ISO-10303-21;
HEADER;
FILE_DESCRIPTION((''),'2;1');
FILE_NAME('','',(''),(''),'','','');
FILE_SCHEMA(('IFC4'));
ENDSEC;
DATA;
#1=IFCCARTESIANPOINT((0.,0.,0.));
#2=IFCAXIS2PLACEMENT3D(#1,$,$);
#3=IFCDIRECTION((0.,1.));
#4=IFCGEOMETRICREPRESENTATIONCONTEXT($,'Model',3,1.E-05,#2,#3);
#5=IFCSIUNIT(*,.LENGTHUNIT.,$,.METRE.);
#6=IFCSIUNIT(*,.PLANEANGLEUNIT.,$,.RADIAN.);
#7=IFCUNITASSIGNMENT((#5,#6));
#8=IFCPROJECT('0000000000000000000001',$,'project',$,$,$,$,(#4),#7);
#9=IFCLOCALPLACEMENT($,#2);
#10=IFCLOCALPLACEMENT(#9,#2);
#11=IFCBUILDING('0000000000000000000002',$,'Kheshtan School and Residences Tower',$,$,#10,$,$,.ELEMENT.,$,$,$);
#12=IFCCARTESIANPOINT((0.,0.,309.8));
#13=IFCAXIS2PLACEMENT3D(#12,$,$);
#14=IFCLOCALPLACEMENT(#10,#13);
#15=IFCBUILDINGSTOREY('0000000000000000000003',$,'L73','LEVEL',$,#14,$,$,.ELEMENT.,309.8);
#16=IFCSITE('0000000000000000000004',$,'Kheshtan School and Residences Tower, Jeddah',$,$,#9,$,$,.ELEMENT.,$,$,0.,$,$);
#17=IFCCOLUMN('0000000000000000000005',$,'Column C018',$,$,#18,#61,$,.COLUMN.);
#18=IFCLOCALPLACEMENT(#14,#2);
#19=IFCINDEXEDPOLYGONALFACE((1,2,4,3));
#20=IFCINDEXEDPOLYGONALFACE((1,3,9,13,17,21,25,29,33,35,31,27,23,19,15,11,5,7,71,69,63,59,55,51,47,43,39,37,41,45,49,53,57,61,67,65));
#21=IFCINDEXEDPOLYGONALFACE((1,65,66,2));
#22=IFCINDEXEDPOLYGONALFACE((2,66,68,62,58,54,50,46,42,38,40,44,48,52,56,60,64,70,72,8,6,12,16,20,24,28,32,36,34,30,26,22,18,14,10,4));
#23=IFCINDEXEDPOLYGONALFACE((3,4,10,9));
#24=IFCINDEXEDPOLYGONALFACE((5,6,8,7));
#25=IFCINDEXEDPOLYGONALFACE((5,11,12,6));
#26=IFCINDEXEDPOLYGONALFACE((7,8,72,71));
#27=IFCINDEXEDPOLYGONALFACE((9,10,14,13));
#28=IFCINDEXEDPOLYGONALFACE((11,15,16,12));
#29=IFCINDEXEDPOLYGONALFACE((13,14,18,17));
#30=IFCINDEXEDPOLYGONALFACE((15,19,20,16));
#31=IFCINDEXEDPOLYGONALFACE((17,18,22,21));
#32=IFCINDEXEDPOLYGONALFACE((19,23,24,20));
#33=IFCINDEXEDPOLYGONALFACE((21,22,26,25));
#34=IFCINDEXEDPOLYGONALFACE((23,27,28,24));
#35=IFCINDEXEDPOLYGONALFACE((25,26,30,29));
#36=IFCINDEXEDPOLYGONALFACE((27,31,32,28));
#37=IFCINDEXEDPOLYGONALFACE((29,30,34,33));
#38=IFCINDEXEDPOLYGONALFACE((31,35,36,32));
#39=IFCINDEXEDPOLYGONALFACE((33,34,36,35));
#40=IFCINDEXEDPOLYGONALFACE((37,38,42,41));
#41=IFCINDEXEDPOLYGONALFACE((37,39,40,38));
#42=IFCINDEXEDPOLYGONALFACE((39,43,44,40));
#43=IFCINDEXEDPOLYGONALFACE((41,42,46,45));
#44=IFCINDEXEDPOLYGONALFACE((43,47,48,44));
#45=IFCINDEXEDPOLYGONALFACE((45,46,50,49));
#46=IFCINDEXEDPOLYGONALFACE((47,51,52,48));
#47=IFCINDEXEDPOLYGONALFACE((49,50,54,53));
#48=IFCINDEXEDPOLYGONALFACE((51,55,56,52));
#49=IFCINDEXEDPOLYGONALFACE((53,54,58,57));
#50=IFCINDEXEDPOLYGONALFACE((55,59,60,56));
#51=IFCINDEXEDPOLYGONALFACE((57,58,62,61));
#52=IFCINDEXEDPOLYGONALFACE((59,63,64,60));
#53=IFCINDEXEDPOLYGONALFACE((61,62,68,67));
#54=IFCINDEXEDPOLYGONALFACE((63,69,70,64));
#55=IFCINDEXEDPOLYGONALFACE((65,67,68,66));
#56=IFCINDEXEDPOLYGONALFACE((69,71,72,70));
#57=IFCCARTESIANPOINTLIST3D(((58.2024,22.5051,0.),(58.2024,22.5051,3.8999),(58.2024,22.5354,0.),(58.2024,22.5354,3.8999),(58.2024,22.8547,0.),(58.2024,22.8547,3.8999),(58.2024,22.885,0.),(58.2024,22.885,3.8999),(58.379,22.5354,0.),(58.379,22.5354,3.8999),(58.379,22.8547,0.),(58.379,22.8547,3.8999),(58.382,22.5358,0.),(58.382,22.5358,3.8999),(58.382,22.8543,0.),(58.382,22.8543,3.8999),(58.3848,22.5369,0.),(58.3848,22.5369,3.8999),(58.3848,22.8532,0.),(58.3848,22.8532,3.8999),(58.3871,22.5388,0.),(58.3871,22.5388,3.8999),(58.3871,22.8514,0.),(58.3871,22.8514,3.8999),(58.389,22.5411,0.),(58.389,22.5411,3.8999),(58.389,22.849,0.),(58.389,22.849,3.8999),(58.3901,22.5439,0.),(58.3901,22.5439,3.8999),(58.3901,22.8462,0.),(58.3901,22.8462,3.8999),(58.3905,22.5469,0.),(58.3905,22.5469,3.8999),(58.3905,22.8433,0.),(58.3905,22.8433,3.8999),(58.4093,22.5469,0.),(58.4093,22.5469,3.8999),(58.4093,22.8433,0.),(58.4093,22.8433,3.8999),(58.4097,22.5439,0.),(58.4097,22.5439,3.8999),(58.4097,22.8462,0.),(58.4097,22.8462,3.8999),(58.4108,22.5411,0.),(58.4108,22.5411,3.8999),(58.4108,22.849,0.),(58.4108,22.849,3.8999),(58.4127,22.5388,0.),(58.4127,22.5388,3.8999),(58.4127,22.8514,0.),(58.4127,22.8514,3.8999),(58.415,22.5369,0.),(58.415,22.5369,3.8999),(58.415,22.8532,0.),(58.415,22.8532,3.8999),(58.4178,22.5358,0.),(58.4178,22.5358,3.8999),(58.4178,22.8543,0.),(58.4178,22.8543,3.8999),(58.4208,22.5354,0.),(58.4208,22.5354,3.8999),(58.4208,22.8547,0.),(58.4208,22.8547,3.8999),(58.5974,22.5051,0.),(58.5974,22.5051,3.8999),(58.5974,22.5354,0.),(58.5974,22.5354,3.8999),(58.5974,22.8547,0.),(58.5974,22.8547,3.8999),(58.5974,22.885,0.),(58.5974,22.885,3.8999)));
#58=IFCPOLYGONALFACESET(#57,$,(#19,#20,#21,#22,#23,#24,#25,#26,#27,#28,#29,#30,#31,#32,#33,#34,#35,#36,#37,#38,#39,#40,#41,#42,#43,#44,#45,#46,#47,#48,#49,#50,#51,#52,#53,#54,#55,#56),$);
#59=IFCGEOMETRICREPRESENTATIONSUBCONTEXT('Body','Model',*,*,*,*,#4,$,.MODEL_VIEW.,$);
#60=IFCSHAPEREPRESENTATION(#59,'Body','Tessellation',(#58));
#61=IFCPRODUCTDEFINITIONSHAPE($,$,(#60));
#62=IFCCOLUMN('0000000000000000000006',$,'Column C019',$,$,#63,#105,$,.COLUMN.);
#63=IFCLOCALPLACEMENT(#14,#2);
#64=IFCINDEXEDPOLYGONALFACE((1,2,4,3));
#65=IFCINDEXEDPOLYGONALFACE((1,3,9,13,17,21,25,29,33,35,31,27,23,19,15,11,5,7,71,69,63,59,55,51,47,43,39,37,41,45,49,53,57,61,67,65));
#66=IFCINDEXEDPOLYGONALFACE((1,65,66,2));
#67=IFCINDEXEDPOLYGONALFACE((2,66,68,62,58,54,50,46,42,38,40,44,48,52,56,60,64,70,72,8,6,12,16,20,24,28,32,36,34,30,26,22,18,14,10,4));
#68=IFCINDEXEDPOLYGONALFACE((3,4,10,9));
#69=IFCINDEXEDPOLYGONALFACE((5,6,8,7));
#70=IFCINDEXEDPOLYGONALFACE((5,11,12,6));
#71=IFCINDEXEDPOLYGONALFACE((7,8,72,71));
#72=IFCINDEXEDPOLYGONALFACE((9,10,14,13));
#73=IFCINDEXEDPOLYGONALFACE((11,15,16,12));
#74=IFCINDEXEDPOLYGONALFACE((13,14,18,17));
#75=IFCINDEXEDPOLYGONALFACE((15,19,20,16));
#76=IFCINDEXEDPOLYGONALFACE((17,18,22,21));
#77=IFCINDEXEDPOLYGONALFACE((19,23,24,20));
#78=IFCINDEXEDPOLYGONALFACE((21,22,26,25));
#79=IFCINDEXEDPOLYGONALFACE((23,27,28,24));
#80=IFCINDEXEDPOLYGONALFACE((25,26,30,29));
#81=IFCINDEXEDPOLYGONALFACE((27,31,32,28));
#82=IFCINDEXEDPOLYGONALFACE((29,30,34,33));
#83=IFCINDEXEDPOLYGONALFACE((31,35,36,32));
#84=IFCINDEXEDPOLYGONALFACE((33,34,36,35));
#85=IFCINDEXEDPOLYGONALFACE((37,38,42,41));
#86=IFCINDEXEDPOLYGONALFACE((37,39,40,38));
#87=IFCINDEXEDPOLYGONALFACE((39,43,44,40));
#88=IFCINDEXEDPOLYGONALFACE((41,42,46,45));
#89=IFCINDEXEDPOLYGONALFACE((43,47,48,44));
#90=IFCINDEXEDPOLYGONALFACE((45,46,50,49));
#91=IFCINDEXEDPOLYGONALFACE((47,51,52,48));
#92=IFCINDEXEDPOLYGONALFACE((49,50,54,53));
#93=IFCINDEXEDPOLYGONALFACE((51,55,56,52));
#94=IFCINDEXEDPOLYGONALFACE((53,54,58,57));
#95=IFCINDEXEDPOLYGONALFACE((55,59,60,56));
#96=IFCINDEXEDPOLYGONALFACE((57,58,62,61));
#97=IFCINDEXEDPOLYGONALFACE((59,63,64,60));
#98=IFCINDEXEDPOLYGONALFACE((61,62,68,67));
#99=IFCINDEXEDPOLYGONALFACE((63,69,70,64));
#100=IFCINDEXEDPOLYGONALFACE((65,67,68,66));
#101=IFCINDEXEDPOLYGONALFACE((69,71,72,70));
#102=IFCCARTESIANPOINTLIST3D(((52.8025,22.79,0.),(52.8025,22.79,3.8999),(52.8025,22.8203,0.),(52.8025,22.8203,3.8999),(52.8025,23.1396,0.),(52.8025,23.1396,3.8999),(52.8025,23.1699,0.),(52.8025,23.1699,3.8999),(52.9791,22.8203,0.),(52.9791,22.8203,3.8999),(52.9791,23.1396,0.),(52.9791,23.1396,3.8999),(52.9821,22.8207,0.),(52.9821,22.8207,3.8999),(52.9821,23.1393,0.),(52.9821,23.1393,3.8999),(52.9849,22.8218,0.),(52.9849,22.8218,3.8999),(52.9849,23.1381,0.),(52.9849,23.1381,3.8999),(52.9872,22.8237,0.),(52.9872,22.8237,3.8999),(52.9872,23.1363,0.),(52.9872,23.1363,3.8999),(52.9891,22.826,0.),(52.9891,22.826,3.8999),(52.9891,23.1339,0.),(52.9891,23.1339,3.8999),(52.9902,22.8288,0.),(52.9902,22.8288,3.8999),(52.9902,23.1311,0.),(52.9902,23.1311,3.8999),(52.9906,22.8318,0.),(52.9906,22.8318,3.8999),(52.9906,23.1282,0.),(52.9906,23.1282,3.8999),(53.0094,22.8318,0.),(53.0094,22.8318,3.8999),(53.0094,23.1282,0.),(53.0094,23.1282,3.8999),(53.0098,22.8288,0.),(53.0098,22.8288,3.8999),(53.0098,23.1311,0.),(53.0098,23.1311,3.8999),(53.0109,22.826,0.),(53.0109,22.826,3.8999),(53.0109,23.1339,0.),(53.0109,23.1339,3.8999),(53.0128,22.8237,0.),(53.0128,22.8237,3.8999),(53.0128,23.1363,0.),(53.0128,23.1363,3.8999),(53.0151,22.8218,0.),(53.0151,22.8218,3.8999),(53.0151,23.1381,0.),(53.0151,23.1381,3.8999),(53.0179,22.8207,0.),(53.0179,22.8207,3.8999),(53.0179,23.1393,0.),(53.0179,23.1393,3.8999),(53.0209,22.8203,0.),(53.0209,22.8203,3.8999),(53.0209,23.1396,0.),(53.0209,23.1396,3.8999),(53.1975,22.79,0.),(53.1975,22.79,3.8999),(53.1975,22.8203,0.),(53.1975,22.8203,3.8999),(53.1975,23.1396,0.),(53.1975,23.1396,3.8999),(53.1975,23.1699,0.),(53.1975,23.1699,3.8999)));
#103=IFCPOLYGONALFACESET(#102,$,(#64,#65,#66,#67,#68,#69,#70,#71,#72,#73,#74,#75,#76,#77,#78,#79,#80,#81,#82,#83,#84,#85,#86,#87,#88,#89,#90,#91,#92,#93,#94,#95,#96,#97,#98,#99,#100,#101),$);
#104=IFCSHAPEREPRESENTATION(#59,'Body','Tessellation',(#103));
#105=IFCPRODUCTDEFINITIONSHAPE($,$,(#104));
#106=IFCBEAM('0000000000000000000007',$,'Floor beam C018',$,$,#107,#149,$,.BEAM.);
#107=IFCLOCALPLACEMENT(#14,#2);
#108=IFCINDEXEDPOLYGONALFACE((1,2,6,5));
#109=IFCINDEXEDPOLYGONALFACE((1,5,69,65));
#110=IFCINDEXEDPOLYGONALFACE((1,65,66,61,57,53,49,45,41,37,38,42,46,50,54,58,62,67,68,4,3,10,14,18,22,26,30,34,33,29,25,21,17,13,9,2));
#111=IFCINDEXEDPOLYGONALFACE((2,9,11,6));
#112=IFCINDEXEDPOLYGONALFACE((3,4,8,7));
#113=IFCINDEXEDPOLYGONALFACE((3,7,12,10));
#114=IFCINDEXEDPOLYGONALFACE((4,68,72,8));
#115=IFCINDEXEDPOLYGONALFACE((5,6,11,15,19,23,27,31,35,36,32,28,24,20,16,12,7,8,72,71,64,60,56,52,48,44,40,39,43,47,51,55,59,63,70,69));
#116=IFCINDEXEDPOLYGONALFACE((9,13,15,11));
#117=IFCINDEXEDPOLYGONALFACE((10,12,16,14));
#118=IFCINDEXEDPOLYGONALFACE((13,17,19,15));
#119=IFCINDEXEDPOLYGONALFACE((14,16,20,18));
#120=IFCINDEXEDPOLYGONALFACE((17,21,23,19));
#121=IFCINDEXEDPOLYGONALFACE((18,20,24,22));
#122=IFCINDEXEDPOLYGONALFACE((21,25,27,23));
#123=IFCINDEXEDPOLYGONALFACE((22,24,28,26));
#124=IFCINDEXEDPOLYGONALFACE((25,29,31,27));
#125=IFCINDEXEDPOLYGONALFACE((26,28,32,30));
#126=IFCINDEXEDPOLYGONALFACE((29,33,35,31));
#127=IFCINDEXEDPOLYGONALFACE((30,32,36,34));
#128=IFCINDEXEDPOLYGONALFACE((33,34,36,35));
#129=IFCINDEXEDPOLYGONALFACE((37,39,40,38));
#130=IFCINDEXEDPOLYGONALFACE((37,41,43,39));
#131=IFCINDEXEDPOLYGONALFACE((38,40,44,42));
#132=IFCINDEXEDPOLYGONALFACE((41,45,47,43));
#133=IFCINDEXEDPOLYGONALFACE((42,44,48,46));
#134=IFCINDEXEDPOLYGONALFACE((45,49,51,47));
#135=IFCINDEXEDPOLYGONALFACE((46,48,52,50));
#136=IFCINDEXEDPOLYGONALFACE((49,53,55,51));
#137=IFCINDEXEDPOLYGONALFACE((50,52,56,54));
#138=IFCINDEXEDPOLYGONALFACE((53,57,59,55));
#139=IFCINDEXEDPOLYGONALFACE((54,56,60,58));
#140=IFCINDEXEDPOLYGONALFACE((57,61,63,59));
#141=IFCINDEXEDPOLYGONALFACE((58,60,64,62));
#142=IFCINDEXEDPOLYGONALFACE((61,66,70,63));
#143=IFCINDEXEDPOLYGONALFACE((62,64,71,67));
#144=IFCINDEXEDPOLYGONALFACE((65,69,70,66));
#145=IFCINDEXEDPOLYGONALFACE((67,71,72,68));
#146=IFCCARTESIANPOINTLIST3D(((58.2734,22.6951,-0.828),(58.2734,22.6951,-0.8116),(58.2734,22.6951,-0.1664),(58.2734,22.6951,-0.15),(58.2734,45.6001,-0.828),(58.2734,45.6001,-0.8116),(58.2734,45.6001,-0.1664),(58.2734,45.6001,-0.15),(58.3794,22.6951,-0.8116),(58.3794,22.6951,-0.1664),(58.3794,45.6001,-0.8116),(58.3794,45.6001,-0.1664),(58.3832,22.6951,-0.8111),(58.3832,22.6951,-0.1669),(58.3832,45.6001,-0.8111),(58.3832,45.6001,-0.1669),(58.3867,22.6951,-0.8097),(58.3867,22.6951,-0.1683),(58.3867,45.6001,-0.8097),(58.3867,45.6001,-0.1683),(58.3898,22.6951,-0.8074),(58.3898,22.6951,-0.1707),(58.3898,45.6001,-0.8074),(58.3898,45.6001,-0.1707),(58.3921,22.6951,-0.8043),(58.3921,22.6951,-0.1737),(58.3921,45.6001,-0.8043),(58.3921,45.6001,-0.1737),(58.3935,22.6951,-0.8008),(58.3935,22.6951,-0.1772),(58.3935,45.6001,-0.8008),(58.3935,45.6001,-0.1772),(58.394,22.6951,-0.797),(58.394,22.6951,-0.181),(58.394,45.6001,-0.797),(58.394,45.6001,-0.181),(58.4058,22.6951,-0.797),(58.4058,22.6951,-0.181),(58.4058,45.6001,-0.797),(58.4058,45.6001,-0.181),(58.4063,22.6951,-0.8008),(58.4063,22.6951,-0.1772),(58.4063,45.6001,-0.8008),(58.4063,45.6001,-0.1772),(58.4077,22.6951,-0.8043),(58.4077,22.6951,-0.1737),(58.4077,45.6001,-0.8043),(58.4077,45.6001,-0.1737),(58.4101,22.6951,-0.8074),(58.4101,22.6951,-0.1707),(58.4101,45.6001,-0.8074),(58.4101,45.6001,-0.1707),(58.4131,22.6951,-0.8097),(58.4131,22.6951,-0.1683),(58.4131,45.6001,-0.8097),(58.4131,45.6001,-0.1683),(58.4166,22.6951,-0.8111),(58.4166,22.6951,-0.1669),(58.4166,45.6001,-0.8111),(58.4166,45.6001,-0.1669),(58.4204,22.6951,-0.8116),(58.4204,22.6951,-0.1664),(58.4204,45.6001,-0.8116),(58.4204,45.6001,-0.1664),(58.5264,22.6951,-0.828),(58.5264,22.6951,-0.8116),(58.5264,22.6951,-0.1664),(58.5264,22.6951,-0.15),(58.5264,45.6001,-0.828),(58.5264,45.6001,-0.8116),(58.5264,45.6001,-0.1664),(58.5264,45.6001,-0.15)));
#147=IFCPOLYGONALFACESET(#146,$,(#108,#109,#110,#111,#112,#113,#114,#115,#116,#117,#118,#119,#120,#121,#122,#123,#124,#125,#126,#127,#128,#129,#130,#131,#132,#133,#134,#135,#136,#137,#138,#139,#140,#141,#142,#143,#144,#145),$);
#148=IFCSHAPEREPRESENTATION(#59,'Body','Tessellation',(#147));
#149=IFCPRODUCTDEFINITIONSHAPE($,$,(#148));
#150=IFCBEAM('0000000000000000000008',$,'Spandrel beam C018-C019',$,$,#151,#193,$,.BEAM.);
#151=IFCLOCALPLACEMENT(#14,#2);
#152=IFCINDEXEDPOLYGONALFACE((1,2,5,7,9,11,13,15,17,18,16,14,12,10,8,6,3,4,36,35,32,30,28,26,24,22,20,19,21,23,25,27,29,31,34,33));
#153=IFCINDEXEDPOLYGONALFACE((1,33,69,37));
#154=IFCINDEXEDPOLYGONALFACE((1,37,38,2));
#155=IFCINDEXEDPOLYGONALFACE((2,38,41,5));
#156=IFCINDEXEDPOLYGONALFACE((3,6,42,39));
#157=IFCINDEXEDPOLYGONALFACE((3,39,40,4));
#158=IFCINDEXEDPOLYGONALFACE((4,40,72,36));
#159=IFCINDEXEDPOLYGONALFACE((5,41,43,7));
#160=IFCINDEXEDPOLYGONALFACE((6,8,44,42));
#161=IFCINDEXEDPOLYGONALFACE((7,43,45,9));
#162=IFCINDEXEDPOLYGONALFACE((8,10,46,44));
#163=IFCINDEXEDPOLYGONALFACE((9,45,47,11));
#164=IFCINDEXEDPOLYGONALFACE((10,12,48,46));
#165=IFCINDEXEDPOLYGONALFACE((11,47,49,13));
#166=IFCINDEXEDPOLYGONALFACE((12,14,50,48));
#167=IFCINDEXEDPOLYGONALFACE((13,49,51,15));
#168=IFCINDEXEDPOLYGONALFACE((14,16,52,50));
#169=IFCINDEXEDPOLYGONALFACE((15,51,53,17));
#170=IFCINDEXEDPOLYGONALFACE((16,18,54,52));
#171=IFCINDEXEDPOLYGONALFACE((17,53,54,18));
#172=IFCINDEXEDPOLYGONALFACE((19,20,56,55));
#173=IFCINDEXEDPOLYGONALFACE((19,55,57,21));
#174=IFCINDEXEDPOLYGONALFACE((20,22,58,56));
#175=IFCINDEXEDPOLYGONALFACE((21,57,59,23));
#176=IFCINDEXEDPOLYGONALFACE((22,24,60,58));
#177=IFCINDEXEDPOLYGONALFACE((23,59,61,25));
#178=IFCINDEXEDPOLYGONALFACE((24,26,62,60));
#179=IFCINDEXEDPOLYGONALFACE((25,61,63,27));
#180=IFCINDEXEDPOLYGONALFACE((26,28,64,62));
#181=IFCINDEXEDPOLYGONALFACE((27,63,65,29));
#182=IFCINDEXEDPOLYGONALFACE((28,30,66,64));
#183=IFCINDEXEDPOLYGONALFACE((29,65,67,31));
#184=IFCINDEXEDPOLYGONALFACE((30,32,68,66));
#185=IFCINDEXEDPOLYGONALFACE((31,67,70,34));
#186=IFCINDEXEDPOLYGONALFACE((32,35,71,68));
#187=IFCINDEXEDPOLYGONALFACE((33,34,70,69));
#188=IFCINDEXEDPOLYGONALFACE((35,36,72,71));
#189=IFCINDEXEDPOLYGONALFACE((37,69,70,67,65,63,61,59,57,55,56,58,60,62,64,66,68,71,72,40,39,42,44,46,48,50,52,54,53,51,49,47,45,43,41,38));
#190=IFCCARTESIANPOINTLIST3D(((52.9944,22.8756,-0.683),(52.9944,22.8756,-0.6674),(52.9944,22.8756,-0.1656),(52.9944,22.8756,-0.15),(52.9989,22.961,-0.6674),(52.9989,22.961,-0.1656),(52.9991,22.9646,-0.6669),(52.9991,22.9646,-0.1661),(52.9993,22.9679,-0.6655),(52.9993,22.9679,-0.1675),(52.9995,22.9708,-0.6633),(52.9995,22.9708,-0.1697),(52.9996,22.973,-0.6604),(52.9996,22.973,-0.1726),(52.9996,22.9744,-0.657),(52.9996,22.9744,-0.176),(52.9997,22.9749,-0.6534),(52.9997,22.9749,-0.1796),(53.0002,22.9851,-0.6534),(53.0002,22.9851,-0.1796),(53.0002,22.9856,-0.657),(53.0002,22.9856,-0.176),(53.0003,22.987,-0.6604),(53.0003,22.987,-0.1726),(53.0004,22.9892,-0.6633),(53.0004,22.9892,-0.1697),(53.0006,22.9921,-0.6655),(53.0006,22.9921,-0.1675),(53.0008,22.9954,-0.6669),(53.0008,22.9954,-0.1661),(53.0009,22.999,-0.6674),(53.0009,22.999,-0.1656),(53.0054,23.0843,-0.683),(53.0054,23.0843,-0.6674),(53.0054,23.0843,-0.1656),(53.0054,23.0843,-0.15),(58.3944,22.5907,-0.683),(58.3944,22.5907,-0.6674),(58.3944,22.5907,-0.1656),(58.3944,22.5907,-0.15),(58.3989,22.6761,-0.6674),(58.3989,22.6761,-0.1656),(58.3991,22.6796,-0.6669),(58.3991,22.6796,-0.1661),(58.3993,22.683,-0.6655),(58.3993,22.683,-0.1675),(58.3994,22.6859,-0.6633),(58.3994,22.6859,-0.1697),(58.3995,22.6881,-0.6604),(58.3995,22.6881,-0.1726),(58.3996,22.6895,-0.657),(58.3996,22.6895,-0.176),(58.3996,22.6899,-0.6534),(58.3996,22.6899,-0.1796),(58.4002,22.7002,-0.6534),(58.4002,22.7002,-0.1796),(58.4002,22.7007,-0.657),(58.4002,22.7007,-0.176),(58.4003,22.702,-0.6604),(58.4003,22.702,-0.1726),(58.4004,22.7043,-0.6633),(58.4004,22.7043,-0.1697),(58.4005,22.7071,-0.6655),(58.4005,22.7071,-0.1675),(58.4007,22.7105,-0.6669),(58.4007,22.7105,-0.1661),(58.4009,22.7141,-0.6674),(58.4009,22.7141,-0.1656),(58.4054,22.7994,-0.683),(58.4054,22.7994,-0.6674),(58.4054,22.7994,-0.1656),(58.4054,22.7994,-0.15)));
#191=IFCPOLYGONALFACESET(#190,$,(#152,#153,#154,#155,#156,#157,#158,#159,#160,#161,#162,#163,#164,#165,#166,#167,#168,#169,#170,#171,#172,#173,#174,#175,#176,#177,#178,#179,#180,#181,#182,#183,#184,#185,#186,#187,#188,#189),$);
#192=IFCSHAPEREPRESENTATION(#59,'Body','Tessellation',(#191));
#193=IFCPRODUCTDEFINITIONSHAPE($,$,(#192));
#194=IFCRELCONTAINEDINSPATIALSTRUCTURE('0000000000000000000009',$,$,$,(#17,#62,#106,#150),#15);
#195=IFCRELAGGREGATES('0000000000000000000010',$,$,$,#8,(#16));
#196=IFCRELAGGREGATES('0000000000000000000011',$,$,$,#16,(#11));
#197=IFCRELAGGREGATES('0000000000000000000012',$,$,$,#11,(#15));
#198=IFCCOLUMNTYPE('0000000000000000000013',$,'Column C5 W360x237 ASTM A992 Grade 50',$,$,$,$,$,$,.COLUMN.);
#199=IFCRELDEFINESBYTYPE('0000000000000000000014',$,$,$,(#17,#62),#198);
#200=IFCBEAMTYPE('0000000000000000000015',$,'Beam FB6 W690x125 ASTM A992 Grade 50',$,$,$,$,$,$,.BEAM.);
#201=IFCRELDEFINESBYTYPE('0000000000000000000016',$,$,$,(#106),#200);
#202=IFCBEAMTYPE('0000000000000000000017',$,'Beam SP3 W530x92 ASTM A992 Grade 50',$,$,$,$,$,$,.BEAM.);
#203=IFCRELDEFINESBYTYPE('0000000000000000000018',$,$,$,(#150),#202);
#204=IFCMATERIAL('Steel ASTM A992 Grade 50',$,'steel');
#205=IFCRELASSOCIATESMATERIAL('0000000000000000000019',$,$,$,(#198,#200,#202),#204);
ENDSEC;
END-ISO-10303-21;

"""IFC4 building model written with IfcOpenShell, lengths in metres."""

from ifc_helpers import new_model, si_unit, direction, frame, origin, origin_2d, place, context, subcontext, project, spatial, i_section, extrude, material, material_profile, profile_set, type_object, element, save


model = new_model("IFC4")

# Units and contexts
model_context = context("Model", 3, precision=1e-05, world=origin(), true_north=direction((0.0, 1.0)))
body_context = subcontext(model_context, "Body", "Model", "MODEL_VIEW")
ifc_project = project(units=[si_unit("LENGTHUNIT", "METRE"), si_unit("PLANEANGLEUNIT", "RADIAN")], contexts=[model_context])

# Site, building, storey
site_placement = place(None, origin())
site = spatial("IfcSite", under=ifc_project, at=site_placement, Name="Kheshtan School and Residences Tower, Jeddah", CompositionType="ELEMENT", RefElevation=0.0)
building_placement = place(site_placement, origin())
building = spatial("IfcBuilding", under=site, at=building_placement, Name="Kheshtan School and Residences Tower", CompositionType="ELEMENT")
storey_placement = place(building_placement, frame((0.0, 0.0, 309.8)))
storey = spatial("IfcBuildingStorey", under=building, at=storey_placement, Name="L73", Description="LEVEL", CompositionType="ELEMENT", Elevation=309.8)

# Columns
ifc_material_1 = material(Name="Steel ASTM A992 Grade 50", Category="steel")
ifc_material_profile_1 = material_profile(ifc_material_1, i_section(OverallWidth=0.395, OverallDepth=0.3799, WebThickness=0.0188, FlangeThickness=0.0303, FilletRadius=0.0115, at=origin_2d()), Name="W360x237")
ifc_profile_set_1 = profile_set([ifc_material_profile_1], Name="Steel ASTM A992 Grade 50")
column_type = type_object("IfcColumnType", Name="Column C5 W360x237 ASTM A992 Grade 50", PredefinedType="COLUMN", material=ifc_profile_set_1)
for number, where, z_axis, x_axis, name in (
    (1, (58.3999, 22.6951, 0.0), (0.0, 0.0, 1.0), (1.0, 0.0, 0.0), "Column C018"),
    (2, (53.0, 22.98, 0.0), (0.0, 0.0, 1.0), (1.0, 0.0, 0.0), "Column C019"),
):
    element("IfcColumn", number, at=place(storey_placement, frame(where, z_axis=z_axis, x_axis=x_axis)), inside=storey, type_object=column_type, Name=name, PredefinedType="COLUMN", context=body_context, shape_type="SweptSolid", body=[
        extrude(i_section(OverallWidth=0.395, OverallDepth=0.3799, WebThickness=0.0188, FlangeThickness=0.0303, FilletRadius=0.0115, at=origin_2d()), origin(), (0.0, 0.0, 1.0), 3.8999),
    ])

# Beams
ifc_material_profile_2 = material_profile(ifc_material_1, i_section(OverallWidth=0.2529, OverallDepth=0.678, WebThickness=0.0117, FlangeThickness=0.0164, FilletRadius=0.0146, at=origin_2d()), Name="W690x125")
ifc_profile_set_2 = profile_set([ifc_material_profile_2], Name="Steel ASTM A992 Grade 50")
beam_type_1 = type_object("IfcBeamType", Name="Beam FB6 W690x125 ASTM A992 Grade 50", PredefinedType="BEAM", material=ifc_profile_set_2)
beam_placement = place(storey_placement, frame((58.3999, 22.6951, -0.489), z_axis=(0.0, 1.0, 0.0), x_axis=(-1.0, 0.0, 0.0)))
element("IfcBeam", 3, at=beam_placement, inside=storey, type_object=beam_type_1, Name="Floor beam C018", PredefinedType="BEAM", context=body_context, shape_type="SweptSolid", body=[
    extrude(i_section(OverallWidth=0.2529, OverallDepth=0.678, WebThickness=0.0117, FlangeThickness=0.0164, FilletRadius=0.0146, at=origin_2d()), origin(), (0.0, 0.0, 1.0), 22.905),
])
ifc_material_profile_3 = material_profile(ifc_material_1, i_section(OverallWidth=0.209, OverallDepth=0.533, WebThickness=0.0103, FlangeThickness=0.0156, FilletRadius=0.0139, at=origin_2d()), Name="W530x92")
ifc_profile_set_3 = profile_set([ifc_material_profile_3], Name="Steel ASTM A992 Grade 50")
beam_type_2 = type_object("IfcBeamType", Name="Beam SP3 W530x92 ASTM A992 Grade 50", PredefinedType="BEAM", material=ifc_profile_set_3)
for number, where, z_axis, x_axis, name in (
    (4, (58.3999, 22.6951, -0.4165), (-0.998611, 0.052689, 0.0), (-0.052689, -0.998611, 0.0), "Spandrel beam C018-C019"),
):
    element("IfcBeam", number, at=place(storey_placement, frame(where, z_axis=z_axis, x_axis=x_axis)), inside=storey, type_object=beam_type_2, Name=name, PredefinedType="BEAM", context=body_context, shape_type="SweptSolid", body=[
        extrude(i_section(OverallWidth=0.209, OverallDepth=0.533, WebThickness=0.0103, FlangeThickness=0.0156, FilletRadius=0.0139, at=origin_2d()), origin(), (0.0, 0.0, 1.0), 5.4075),
    ])

save(model, "model.ifc")
